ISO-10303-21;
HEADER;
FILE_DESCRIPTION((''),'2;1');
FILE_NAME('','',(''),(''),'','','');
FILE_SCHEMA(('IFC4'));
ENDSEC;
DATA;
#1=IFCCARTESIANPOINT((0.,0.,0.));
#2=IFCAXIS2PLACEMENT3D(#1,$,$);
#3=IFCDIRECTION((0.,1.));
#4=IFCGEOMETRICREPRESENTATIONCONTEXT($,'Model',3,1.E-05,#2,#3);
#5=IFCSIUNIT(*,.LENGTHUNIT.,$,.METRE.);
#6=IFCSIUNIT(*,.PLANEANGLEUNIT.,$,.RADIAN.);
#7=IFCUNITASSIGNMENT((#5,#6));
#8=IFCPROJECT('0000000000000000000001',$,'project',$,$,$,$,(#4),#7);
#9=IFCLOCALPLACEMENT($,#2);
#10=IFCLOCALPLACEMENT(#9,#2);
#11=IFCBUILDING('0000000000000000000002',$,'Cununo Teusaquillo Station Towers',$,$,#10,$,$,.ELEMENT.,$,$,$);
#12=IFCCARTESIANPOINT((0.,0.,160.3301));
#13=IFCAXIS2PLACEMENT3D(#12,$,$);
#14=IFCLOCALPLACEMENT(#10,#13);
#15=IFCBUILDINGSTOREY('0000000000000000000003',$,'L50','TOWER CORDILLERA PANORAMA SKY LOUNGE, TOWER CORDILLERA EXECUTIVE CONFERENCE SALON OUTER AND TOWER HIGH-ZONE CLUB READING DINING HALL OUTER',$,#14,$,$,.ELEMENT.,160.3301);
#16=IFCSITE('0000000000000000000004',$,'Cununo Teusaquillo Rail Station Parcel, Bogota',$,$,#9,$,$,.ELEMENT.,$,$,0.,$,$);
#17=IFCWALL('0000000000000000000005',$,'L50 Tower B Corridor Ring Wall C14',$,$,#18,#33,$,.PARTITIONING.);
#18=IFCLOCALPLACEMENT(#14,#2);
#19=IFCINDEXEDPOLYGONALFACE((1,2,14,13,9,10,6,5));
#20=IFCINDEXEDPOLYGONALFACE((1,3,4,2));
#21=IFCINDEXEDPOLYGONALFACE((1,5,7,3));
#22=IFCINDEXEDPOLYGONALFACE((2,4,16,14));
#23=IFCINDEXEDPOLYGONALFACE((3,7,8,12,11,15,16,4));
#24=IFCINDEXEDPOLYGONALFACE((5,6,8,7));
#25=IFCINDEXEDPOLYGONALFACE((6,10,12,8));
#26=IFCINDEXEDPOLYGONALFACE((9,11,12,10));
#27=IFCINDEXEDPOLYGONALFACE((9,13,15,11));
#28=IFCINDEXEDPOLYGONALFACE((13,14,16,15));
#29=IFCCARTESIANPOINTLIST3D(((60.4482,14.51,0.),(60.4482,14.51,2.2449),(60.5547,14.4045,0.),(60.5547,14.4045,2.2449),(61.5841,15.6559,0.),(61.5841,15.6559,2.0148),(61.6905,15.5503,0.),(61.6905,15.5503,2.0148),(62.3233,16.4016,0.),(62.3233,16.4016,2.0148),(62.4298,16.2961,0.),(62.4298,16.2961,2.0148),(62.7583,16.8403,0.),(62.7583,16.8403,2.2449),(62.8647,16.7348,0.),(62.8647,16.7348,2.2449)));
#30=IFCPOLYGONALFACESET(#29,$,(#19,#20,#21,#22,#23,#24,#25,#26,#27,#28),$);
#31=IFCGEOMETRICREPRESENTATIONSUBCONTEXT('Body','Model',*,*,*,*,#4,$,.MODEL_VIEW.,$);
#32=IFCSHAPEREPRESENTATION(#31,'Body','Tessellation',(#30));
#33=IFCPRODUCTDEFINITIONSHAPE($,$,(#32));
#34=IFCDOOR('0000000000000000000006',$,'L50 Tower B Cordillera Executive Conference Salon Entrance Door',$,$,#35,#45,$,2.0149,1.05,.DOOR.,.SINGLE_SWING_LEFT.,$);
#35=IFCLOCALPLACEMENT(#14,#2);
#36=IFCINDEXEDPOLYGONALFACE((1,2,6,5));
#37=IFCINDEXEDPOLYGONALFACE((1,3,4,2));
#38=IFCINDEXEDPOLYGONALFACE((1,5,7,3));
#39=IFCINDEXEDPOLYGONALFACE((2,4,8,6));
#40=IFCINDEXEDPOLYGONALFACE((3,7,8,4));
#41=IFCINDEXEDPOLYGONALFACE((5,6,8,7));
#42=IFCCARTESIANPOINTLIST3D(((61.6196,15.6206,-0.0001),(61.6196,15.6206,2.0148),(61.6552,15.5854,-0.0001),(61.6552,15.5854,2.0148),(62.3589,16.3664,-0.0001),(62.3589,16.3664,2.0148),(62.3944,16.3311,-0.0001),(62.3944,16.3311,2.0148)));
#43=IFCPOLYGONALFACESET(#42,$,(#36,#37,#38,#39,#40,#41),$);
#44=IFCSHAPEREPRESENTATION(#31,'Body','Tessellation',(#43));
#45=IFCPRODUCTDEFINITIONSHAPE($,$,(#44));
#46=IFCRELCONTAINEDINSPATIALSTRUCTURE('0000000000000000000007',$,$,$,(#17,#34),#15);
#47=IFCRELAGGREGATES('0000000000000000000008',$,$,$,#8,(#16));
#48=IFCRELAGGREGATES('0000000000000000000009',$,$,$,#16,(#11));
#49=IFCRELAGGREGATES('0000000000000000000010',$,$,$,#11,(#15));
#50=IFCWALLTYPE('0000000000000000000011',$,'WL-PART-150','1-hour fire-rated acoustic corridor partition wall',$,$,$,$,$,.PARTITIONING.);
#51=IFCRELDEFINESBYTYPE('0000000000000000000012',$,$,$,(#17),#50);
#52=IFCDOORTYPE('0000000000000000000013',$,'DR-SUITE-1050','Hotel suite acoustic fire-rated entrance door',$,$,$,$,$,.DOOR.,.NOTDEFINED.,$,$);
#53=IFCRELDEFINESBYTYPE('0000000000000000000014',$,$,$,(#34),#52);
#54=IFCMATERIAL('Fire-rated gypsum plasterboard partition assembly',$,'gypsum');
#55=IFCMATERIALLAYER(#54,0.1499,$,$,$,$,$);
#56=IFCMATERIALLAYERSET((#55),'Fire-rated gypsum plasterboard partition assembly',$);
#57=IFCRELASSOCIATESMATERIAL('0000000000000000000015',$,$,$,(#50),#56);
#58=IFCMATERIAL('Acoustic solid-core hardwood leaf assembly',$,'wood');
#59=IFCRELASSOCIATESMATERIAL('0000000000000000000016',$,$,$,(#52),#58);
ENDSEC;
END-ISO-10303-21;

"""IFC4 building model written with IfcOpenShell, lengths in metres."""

from ifc_helpers import new_model, si_unit, direction, frame, frame_2d, origin, place, context, subcontext, project, spatial, rectangle, extrude, source, transform, mapped, material, layer, layer_set, type_object, element, fill, save


model = new_model("IFC4")

# Units and contexts
model_context = context("Model", 3, precision=1e-05, world=origin(), true_north=direction((0.0, 1.0)))
body_context = subcontext(model_context, "Body", "Model", "MODEL_VIEW")
ifc_project = project(units=[si_unit("LENGTHUNIT", "METRE"), si_unit("PLANEANGLEUNIT", "RADIAN")], contexts=[model_context])

# Site, building, storey
site_placement = place(None, origin())
site = spatial("IfcSite", under=ifc_project, at=site_placement, Name="Cununo Teusaquillo Rail Station Parcel, Bogota", CompositionType="ELEMENT", RefElevation=0.0)
building_placement = place(site_placement, origin())
building = spatial("IfcBuilding", under=site, at=building_placement, Name="Cununo Teusaquillo Station Towers", CompositionType="ELEMENT")
storey_placement = place(building_placement, frame((0.0, 0.0, 160.3301)))
storey = spatial("IfcBuildingStorey", under=building, at=storey_placement, Name="L50", Description="TOWER CORDILLERA PANORAMA SKY LOUNGE, TOWER CORDILLERA EXECUTIVE CONFERENCE SALON OUTER AND TOWER HIGH-ZONE CLUB READING DINING HALL OUTER", CompositionType="ELEMENT", Elevation=160.3301)

# Shared definitions
ifc_material_1 = material(Name="Fire-rated gypsum plasterboard partition assembly", Category="gypsum")
ifc_layer_1 = layer(ifc_material_1, 0.1499)
ifc_layer_set_1 = layer_set([ifc_layer_1], Name="Fire-rated gypsum plasterboard partition assembly")
wall_type_1 = type_object("IfcWallType", Name="WL-PART-150", Description="1-hour fire-rated acoustic corridor partition wall", PredefinedType="PARTITIONING", material=ifc_layer_set_1)

# Wall, opening, door
wall_1_placement = place(storey_placement, frame((60.5015, 14.4573, 0.0), z_axis=(0.0, 0.0, 1.0), x_axis=(0.704012, 0.710188, 0.0)))
wall_1 = element("IfcWall", 1, at=wall_1_placement, inside=storey, type_object=wall_type_1, Name="L50 Tower B Corridor Ring Wall C14", PredefinedType="PARTITIONING", context=body_context, shape_type="SweptSolid", body=[
    extrude(rectangle(XDim=3.2812, YDim=0.1499, at=frame_2d((1.6406, 0.0))), origin(), (0.0, 0.0, 1.0), 2.2449),
])
shared_shape_1 = source(origin(), body_context, "Body", "SweptSolid", [
    extrude(rectangle(XDim=1.05, YDim=2.0149, at=frame_2d((0.5249, 1.0073))), frame((0.0, 0.085, 0.0), z_axis=(0.0, -1.0, 0.0), x_axis=(1.0, 0.0, 0.0)), (0.0, 0.0, 1.0), 0.1699),
])
opening_1_placement = place(wall_1_placement, frame((1.6135, 0.0, 0.0)))
opening_1 = element("IfcOpeningElement", 2, at=opening_1_placement, cuts=wall_1, PredefinedType="OPENING", context=body_context, shape_type="MappedRepresentation", body=[
    mapped(shared_shape_1, transform((0.0, 0.0, 0.0), x_axis=(1.0, 0.0, 0.0), y_axis=(0.0, 1.0, 0.0), z_axis=(0.0, 0.0, 1.0), scale=1.0)),
])
ifc_material_2 = material(Name="Acoustic solid-core hardwood leaf assembly", Category="wood")
door_type_1 = type_object("IfcDoorType", Name="DR-SUITE-1050", Description="Hotel suite acoustic fire-rated entrance door", OperationType="NOTDEFINED", PredefinedType="DOOR", material=ifc_material_2)
shared_shape_2 = source(origin(), body_context, "Body", "SweptSolid", [
    extrude(rectangle(XDim=1.05, YDim=2.0149, at=frame_2d((0.5249, 1.0073))), frame((0.0, 0.0249, 0.0), z_axis=(0.0, -1.0, 0.0), x_axis=(1.0, 0.0, 0.0)), (0.0, 0.0, 1.0), 0.05),
])
door_1_placement = place(opening_1_placement, origin())
door_1 = element("IfcDoor", 3, at=door_1_placement, inside=storey, type_object=door_type_1, Name="L50 Tower B Cordillera Executive Conference Salon Entrance Door", OperationType="SINGLE_SWING_LEFT", OverallHeight=2.0149, OverallWidth=1.05, PredefinedType="DOOR", context=body_context, shape_type="MappedRepresentation", body=[
    mapped(shared_shape_2, transform((0.0, 0.0, 0.0), x_axis=(1.0, 0.0, 0.0), y_axis=(0.0, 1.0, 0.0), z_axis=(0.0, 0.0, 1.0), scale=1.0)),
])
fill(opening_1, door_1)

save(model, "model.ifc")
